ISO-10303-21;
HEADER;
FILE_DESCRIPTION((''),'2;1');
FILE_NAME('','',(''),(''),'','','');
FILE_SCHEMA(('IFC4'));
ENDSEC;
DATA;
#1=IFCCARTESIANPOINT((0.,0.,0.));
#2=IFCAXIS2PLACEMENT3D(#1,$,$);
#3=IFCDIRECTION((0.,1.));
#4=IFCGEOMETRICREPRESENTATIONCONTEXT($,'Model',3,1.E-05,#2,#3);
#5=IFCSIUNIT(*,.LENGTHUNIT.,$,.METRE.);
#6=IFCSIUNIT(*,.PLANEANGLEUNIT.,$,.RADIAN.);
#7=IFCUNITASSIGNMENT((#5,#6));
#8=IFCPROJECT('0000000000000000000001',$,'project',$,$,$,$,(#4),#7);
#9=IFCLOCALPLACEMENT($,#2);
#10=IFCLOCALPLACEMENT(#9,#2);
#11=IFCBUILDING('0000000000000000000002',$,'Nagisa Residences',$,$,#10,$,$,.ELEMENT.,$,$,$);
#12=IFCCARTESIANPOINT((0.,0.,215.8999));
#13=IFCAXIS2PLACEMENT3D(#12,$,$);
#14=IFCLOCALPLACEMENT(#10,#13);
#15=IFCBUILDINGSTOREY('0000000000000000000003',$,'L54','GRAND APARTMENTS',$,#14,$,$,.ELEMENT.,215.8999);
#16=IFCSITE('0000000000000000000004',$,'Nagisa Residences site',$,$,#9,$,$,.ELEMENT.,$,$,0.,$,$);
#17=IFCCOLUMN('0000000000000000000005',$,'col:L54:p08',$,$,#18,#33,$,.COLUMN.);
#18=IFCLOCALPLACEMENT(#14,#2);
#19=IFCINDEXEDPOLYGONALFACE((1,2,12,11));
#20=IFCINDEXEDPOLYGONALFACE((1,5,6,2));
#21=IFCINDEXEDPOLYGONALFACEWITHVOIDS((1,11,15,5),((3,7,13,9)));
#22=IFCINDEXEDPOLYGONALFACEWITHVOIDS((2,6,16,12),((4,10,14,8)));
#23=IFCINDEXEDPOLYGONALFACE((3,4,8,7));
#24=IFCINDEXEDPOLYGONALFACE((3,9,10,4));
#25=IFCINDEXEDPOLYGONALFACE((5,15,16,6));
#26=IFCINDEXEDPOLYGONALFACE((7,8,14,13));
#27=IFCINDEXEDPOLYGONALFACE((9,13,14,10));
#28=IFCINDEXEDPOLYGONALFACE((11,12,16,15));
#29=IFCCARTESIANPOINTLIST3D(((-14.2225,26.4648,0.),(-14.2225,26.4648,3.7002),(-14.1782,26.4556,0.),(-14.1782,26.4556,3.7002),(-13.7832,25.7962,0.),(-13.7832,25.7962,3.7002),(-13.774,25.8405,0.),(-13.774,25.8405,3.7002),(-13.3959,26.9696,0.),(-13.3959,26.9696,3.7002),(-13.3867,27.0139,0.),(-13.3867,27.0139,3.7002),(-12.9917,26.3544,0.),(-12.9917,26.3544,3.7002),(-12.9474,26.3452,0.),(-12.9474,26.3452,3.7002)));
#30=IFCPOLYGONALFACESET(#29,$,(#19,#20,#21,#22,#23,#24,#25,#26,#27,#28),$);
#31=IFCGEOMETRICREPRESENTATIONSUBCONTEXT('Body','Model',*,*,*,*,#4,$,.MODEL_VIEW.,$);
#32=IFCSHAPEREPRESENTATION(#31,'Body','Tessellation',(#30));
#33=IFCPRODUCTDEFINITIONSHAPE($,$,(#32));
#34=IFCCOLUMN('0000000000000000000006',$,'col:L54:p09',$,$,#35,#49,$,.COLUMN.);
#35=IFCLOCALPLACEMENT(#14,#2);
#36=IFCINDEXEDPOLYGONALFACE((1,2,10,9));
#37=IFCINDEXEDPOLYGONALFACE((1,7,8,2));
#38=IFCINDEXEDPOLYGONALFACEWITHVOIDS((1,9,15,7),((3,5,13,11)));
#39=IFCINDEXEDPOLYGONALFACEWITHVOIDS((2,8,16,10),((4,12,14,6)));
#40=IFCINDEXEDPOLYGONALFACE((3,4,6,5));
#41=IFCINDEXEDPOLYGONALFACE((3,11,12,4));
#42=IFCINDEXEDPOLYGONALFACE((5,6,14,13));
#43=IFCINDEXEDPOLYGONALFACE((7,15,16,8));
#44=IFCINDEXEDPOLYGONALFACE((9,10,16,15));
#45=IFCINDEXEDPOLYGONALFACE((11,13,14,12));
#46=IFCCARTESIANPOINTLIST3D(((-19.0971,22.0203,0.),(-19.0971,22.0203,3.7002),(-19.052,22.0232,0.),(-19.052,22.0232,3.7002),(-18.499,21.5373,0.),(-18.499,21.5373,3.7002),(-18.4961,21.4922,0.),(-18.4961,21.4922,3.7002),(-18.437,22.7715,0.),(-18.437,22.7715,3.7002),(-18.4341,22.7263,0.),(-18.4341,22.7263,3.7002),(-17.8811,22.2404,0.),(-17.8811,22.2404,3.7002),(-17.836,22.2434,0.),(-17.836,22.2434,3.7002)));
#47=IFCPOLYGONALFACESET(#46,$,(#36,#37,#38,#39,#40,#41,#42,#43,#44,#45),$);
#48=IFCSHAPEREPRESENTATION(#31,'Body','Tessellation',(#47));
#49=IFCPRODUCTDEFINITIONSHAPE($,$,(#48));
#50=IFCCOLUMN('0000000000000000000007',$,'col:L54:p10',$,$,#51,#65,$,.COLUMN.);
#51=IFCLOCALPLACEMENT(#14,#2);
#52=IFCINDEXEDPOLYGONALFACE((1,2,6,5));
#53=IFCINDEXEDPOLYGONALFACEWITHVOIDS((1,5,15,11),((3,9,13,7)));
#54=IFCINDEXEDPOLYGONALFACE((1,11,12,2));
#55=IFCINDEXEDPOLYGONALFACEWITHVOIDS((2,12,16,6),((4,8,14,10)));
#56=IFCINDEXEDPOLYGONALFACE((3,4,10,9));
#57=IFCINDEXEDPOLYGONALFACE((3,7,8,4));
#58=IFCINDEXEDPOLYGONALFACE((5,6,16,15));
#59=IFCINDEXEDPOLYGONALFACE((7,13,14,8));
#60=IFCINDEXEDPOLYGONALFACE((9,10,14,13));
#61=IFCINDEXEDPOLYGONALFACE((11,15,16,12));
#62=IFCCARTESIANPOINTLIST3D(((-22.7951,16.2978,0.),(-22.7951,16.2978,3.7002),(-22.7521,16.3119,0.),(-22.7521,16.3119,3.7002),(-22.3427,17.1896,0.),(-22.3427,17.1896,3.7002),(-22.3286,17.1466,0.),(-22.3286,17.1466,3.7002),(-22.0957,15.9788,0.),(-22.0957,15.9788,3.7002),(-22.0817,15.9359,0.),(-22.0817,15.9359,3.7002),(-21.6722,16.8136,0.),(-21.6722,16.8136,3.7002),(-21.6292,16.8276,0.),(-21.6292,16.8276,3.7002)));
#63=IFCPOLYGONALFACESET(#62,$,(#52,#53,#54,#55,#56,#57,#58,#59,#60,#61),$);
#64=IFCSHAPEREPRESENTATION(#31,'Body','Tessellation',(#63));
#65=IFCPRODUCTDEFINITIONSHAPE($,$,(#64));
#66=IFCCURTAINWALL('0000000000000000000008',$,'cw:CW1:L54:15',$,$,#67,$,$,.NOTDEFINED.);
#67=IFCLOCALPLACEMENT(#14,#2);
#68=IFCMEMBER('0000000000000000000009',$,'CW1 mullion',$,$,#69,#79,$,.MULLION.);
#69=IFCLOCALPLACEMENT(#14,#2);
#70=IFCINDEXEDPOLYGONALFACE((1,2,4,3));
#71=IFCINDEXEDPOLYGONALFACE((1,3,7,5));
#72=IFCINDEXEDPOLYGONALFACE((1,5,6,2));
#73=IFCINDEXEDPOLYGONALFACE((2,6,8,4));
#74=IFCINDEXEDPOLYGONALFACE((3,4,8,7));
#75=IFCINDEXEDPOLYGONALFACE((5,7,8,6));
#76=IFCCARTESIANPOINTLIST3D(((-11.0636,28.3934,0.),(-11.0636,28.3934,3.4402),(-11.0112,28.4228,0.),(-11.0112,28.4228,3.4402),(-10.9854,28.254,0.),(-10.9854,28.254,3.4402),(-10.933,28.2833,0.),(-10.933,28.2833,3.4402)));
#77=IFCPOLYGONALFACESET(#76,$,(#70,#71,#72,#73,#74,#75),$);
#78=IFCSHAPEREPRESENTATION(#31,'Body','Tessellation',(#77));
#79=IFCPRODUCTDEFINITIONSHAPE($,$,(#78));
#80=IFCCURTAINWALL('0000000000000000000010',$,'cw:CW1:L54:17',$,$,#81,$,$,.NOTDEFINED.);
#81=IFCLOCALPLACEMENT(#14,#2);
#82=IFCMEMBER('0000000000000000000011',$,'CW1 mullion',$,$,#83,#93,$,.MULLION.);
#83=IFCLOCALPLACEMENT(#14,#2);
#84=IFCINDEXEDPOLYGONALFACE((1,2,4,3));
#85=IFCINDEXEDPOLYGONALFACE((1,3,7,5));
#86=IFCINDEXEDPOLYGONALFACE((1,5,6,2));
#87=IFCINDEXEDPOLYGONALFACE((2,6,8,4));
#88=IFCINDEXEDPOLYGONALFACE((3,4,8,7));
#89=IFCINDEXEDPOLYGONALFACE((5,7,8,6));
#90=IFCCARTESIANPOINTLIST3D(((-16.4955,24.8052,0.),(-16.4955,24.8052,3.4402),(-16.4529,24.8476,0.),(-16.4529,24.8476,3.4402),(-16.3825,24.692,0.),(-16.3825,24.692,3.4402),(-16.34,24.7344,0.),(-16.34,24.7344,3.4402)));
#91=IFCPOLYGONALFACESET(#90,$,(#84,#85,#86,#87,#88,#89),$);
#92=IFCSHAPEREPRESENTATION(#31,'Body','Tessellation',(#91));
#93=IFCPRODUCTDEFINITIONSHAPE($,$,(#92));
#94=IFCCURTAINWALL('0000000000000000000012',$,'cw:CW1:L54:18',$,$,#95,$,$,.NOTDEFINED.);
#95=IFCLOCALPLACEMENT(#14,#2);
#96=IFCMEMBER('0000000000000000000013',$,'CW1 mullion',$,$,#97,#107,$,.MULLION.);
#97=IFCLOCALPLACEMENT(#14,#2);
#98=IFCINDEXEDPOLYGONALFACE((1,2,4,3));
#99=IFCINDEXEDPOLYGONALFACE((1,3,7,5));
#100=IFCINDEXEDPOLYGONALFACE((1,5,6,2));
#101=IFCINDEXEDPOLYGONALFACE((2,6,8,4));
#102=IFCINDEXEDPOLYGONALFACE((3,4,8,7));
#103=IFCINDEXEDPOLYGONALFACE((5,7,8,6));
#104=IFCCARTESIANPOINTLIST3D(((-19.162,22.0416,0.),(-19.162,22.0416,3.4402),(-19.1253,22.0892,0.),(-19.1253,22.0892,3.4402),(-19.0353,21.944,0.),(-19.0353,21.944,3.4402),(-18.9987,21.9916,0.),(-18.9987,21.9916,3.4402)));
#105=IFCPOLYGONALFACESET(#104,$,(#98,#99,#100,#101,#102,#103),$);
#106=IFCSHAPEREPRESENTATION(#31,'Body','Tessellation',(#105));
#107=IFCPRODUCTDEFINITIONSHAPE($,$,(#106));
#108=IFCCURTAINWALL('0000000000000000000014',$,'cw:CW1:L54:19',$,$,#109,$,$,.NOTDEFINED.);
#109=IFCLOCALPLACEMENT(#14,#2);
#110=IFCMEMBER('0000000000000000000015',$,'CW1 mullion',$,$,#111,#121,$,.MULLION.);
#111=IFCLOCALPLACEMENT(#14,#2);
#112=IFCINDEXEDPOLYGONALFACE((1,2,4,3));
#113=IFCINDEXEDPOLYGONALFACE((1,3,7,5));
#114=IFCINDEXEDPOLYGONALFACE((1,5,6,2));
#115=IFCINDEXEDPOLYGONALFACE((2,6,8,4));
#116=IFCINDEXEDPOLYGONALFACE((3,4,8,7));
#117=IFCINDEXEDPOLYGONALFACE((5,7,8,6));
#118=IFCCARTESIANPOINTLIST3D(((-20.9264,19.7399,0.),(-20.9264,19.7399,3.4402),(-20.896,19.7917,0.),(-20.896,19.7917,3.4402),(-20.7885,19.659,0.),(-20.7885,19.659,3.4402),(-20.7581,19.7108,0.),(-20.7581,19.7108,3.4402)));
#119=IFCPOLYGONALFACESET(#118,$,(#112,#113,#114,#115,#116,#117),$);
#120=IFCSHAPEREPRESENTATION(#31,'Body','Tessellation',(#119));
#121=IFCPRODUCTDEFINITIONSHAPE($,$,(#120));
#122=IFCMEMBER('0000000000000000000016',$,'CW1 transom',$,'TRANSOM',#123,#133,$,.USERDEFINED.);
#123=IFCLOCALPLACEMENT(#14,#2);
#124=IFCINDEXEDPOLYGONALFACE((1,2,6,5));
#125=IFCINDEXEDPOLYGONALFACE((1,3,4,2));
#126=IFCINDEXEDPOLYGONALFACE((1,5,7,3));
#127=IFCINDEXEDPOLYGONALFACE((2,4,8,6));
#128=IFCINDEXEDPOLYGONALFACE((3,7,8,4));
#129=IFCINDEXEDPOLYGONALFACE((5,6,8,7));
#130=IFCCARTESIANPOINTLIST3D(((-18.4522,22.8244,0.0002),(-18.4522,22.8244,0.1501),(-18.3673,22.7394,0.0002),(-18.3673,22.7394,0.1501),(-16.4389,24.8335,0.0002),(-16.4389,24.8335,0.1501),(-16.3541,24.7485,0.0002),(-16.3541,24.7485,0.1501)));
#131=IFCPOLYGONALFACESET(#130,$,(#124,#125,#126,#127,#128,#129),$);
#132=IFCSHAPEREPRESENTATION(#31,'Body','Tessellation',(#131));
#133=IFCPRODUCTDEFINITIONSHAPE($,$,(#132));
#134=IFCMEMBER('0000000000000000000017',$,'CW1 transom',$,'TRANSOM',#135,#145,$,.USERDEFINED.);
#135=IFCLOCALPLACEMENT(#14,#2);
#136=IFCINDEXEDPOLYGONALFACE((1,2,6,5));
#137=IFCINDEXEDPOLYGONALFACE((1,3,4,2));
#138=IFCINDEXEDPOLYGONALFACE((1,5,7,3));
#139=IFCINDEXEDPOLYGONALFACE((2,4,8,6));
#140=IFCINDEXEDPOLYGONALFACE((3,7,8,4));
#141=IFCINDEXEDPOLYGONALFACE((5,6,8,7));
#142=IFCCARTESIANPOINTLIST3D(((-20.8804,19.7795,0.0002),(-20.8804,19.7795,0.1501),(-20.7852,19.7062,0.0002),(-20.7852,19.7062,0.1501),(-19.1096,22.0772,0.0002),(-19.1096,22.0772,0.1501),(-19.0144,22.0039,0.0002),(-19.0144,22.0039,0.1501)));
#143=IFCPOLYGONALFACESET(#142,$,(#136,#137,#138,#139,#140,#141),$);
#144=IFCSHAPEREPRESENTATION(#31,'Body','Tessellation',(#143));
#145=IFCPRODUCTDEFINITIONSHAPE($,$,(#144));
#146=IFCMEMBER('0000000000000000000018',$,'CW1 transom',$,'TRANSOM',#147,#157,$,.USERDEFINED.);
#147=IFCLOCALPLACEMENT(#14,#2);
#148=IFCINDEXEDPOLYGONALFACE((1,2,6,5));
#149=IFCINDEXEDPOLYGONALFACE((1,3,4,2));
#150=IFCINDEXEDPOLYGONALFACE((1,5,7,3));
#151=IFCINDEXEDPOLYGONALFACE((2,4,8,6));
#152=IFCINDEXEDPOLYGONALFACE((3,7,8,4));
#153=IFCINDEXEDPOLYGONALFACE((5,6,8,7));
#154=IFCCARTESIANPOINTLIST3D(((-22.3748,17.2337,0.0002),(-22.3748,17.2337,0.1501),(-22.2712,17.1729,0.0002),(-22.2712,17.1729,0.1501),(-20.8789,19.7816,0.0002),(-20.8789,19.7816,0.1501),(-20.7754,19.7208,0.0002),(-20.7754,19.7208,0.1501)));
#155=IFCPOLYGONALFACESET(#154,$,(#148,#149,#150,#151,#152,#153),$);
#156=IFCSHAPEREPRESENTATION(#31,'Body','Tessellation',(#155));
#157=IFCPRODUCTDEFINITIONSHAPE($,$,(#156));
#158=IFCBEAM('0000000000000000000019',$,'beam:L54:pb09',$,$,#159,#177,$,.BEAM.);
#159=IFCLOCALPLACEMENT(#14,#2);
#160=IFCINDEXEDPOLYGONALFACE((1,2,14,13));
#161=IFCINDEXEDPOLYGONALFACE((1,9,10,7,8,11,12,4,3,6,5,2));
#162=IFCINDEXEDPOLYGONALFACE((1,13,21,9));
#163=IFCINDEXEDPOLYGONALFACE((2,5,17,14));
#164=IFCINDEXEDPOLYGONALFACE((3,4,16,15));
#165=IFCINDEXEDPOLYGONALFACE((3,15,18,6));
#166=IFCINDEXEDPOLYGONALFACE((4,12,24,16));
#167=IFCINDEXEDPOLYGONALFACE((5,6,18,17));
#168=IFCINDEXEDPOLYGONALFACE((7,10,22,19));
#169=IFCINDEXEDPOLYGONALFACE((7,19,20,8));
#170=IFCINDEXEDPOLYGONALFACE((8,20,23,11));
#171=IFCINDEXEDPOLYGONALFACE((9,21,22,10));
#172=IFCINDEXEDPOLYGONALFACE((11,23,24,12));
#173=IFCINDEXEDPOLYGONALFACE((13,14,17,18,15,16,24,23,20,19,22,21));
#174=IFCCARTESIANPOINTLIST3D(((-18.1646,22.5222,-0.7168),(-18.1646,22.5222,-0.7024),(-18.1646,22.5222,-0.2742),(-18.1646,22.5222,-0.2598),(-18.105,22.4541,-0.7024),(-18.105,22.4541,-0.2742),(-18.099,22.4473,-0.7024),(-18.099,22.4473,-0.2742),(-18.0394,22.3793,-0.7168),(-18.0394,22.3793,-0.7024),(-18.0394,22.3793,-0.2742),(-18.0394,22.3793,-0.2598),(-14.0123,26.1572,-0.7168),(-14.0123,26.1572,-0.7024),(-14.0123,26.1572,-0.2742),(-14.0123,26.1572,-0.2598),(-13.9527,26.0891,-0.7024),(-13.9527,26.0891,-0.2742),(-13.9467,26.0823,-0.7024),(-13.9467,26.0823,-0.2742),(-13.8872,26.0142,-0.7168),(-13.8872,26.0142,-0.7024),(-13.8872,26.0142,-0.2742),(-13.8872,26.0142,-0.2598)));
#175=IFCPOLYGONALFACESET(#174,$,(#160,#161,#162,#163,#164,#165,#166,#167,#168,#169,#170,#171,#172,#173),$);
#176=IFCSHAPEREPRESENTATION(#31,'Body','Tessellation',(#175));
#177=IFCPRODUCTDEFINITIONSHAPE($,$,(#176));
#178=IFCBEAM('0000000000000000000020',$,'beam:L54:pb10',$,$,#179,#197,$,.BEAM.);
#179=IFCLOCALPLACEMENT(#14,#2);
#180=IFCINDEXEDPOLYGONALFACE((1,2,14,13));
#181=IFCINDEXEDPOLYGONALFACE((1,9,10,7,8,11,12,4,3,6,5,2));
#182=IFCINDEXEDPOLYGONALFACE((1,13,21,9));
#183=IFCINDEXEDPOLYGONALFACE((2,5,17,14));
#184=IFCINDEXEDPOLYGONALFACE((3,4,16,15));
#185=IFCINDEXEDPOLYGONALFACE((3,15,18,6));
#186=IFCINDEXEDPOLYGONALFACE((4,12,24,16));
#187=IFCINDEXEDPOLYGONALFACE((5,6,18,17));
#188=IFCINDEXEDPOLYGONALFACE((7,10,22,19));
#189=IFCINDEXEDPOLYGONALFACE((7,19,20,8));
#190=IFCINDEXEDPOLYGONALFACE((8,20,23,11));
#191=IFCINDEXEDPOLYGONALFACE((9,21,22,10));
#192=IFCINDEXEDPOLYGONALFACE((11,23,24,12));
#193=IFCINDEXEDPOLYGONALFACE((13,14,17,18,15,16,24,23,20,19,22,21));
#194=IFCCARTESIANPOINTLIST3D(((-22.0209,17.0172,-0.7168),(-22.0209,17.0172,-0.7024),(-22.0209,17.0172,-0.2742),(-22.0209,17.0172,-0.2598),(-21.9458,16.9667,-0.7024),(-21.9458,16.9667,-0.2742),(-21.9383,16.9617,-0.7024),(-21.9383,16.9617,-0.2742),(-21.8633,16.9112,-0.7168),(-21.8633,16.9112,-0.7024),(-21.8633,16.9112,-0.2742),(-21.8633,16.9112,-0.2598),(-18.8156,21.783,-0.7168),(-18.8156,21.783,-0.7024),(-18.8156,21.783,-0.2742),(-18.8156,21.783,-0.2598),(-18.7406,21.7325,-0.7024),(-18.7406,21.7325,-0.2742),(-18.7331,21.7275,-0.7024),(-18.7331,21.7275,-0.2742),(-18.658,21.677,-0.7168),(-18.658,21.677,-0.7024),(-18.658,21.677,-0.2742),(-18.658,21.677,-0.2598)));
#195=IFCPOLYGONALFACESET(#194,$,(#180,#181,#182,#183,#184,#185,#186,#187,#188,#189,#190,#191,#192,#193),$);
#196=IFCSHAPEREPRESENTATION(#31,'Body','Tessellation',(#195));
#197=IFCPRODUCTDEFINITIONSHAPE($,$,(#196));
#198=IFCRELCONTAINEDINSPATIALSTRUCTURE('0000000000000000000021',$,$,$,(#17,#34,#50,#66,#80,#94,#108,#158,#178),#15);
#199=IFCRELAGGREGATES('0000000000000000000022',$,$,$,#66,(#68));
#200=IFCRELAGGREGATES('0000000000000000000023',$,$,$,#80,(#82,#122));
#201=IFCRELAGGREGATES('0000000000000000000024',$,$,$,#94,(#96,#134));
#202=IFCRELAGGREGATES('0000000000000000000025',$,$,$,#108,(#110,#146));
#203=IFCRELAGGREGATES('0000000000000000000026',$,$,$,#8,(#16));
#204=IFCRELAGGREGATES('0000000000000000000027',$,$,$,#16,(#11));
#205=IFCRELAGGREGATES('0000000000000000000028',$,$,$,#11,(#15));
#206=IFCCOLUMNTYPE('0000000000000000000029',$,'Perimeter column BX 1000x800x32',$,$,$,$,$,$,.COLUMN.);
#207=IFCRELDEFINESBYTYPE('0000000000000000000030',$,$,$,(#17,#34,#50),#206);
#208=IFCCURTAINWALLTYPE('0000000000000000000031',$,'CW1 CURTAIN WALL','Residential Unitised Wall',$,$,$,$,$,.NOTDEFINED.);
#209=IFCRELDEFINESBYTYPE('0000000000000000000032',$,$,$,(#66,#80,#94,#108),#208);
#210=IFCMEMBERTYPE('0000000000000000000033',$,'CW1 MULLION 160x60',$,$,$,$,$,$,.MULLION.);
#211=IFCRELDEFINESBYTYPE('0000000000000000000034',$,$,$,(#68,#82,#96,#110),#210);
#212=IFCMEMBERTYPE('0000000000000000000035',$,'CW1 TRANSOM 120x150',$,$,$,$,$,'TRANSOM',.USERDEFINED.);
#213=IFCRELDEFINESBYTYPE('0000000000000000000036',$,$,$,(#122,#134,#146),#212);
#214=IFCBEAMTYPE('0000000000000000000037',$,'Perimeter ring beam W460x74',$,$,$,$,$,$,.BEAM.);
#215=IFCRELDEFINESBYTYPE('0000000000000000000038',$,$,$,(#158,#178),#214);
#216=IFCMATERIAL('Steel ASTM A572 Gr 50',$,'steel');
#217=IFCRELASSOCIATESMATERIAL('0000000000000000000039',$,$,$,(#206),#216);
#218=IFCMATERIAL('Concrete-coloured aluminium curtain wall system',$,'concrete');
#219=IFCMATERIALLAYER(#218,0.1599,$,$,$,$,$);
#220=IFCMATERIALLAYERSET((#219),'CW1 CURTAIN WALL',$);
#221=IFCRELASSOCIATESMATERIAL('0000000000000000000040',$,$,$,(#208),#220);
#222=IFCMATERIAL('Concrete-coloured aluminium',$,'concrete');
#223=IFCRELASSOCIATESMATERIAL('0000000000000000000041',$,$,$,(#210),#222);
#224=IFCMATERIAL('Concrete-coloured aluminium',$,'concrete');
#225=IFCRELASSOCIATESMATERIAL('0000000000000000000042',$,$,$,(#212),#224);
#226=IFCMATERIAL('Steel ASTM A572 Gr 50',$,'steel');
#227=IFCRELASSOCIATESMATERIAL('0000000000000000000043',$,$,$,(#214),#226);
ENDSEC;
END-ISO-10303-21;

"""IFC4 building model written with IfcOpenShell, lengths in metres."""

from ifc_helpers import new_model, si_unit, direction, frame, origin, origin_2d, place, context, subcontext, project, spatial, rectangle, hollow_rectangle, i_section, extrude, material, layer, layer_set, material_profile, profile_set, type_object, element, aggregate, save


model = new_model("IFC4")

# Units and contexts
model_context = context("Model", 3, precision=1e-05, world=origin(), true_north=direction((0.0, 1.0)))
body_context = subcontext(model_context, "Body", "Model", "MODEL_VIEW")
ifc_project = project(units=[si_unit("LENGTHUNIT", "METRE"), si_unit("PLANEANGLEUNIT", "RADIAN")], contexts=[model_context])

# Site, building, storey
site_placement = place(None, origin())
site = spatial("IfcSite", under=ifc_project, at=site_placement, Name="Nagisa Residences site", CompositionType="ELEMENT", RefElevation=0.0)
building_placement = place(site_placement, origin())
building = spatial("IfcBuilding", under=site, at=building_placement, Name="Nagisa Residences", CompositionType="ELEMENT")
storey_placement = place(building_placement, frame((0.0, 0.0, 215.8999)))
storey = spatial("IfcBuildingStorey", under=building, at=storey_placement, Name="L54", Description="GRAND APARTMENTS", CompositionType="ELEMENT", Elevation=215.8999)

# Columns
ifc_material_1 = material(Name="Steel ASTM A572 Gr 50", Category="steel")
ifc_material_profile_1 = material_profile(ifc_material_1, hollow_rectangle(XDim=1.0, YDim=0.8, WallThickness=0.032, at=origin_2d()), Name="BX 1000x800x32")
ifc_profile_set_1 = profile_set([ifc_material_profile_1], Name="Steel ASTM A572 Gr 50")
column_type = type_object("IfcColumnType", Name="Perimeter column BX 1000x800x32", PredefinedType="COLUMN", material=ifc_profile_set_1)
for number, where, z_axis, x_axis, name in (
    (1, (-13.585, 26.405, 0.0), (0.0, 0.0, 1.0), (-0.835766, -0.549086, 0.0), "col:L54:p08"),
    (2, (-18.4666, 22.1318, 0.0), (0.0, 0.0, 1.0), (-0.660115, -0.751165, 0.0), "col:L54:p09"),
    (3, (-22.2122, 16.5627, 0.0), (0.0, 0.0, 1.0), (-0.452463, -0.891783, 0.0), "col:L54:p10"),
):
    element("IfcColumn", number, at=place(storey_placement, frame(where, z_axis=z_axis, x_axis=x_axis)), inside=storey, type_object=column_type, Name=name, PredefinedType="COLUMN", context=body_context, shape_type="SweptSolid", body=[
        extrude(hollow_rectangle(XDim=1.0, YDim=0.8, WallThickness=0.032, at=origin_2d()), origin(), (0.0, 0.0, 1.0), 3.7002),
    ])

# Curtain walls, members
ifc_material_2 = material(Name="Concrete-coloured aluminium curtain wall system", Category="concrete")
ifc_layer_1 = layer(ifc_material_2, 0.1599)
ifc_layer_set_1 = layer_set([ifc_layer_1], Name="CW1 CURTAIN WALL")
curtain_wall_type = type_object("IfcCurtainWallType", Name="CW1 CURTAIN WALL", Description="Residential Unitised Wall", PredefinedType="NOTDEFINED", material=ifc_layer_set_1)
curtain_wall_1_placement = place(storey_placement, origin())
curtain_wall_1 = element("IfcCurtainWall", 4, at=curtain_wall_1_placement, inside=storey, type_object=curtain_wall_type, Name="cw:CW1:L54:15", PredefinedType="NOTDEFINED")
ifc_material_3 = material(Name="Concrete-coloured aluminium", Category="concrete")
ifc_material_profile_2 = material_profile(ifc_material_3, rectangle(XDim=0.1599, YDim=0.0601, at=origin_2d()), Name="CW1 MULLION 160x60")
ifc_profile_set_2 = profile_set([ifc_material_profile_2], Name="Concrete-coloured aluminium")
member_type_1 = type_object("IfcMemberType", Name="CW1 MULLION 160x60", PredefinedType="MULLION", material=ifc_profile_set_2)
member_1_placement = place(storey_placement, frame((-10.9983, 28.3384, 0.0), z_axis=(0.0, 0.0, 1.0), x_axis=(0.489377, -0.872072, 0.0)))
member_1 = element("IfcMember", 5, at=member_1_placement, type_object=member_type_1, Name="CW1 mullion", PredefinedType="MULLION", context=body_context, shape_type="SweptSolid", body=[
    extrude(rectangle(XDim=0.1599, YDim=0.0601, at=origin_2d()), origin(), (0.0, 0.0, 1.0), 3.4402),
])
curtain_wall_2_placement = place(storey_placement, origin())
curtain_wall_2 = element("IfcCurtainWall", 6, at=curtain_wall_2_placement, inside=storey, type_object=curtain_wall_type, Name="cw:CW1:L54:17", PredefinedType="NOTDEFINED")
member_2_placement = place(storey_placement, frame((-16.4177, 24.7698, 0.0), z_axis=(0.0, 0.0, 1.0), x_axis=(0.706377, -0.707836, 0.0)))
member_2 = element("IfcMember", 7, at=member_2_placement, type_object=member_type_1, Name="CW1 mullion", PredefinedType="MULLION", context=body_context, shape_type="SweptSolid", body=[
    extrude(rectangle(XDim=0.1599, YDim=0.0601, at=origin_2d()), origin(), (0.0, 0.0, 1.0), 3.4402),
])
curtain_wall_3_placement = place(storey_placement, origin())
curtain_wall_3 = element("IfcCurtainWall", 8, at=curtain_wall_3_placement, inside=storey, type_object=curtain_wall_type, Name="cw:CW1:L54:18", PredefinedType="NOTDEFINED")
member_3_placement = place(storey_placement, frame((-19.0803, 22.0166, 0.0), z_axis=(0.0, 0.0, 1.0), x_axis=(0.79207, -0.61043, 0.0)))
member_3 = element("IfcMember", 9, at=member_3_placement, type_object=member_type_1, Name="CW1 mullion", PredefinedType="MULLION", context=body_context, shape_type="SweptSolid", body=[
    extrude(rectangle(XDim=0.1599, YDim=0.0601, at=origin_2d()), origin(), (0.0, 0.0, 1.0), 3.4402),
])
curtain_wall_4_placement = place(storey_placement, origin())
curtain_wall_4 = element("IfcCurtainWall", 10, at=curtain_wall_4_placement, inside=storey, type_object=curtain_wall_type, Name="cw:CW1:L54:19", PredefinedType="NOTDEFINED")
member_4_placement = place(storey_placement, frame((-20.8423, 19.7253, 0.0), z_axis=(0.0, 0.0, 1.0), x_axis=(0.862329, -0.506349, 0.0)))
member_4 = element("IfcMember", 11, at=member_4_placement, type_object=member_type_1, Name="CW1 mullion", PredefinedType="MULLION", context=body_context, shape_type="SweptSolid", body=[
    extrude(rectangle(XDim=0.1599, YDim=0.0601, at=origin_2d()), origin(), (0.0, 0.0, 1.0), 3.4402),
])

# Members
ifc_material_4 = material(Name="Concrete-coloured aluminium", Category="concrete")
ifc_material_profile_3 = material_profile(ifc_material_4, rectangle(XDim=0.1201, YDim=0.1499, at=origin_2d()), Name="CW1 TRANSOM 120x150")
ifc_profile_set_3 = profile_set([ifc_material_profile_3], Name="Concrete-coloured aluminium")
member_type_2 = type_object("IfcMemberType", Name="CW1 TRANSOM 120x150", ElementType="TRANSOM", PredefinedType="USERDEFINED", material=ifc_profile_set_3)
member_5_placement = place(storey_placement, frame((-16.3965, 24.791, 0.0752), z_axis=(-0.707836, -0.706377, 0.0), x_axis=(0.706377, -0.707836, 0.0)))
member_5 = element("IfcMember", 12, at=member_5_placement, type_object=member_type_2, Name="CW1 transom", ObjectType="TRANSOM", PredefinedType="USERDEFINED", context=body_context, shape_type="SweptSolid", body=[
    extrude(rectangle(XDim=0.1201, YDim=0.1499, at=origin_2d()), origin(), (0.0, 0.0, 1.0), 2.8442),
])
member_6_placement = place(storey_placement, frame((-19.062, 22.0405, 0.0752), z_axis=(-0.610439, -0.792064, 0.0), x_axis=(0.792064, -0.610439, 0.0)))
member_6 = element("IfcMember", 13, at=member_6_placement, type_object=member_type_2, Name="CW1 transom", ObjectType="TRANSOM", PredefinedType="USERDEFINED", context=body_context, shape_type="SweptSolid", body=[
    extrude(rectangle(XDim=0.1201, YDim=0.1499, at=origin_2d()), origin(), (0.0, 0.0, 1.0), 2.9009),
])
member_7_placement = place(storey_placement, frame((-20.8271, 19.7512, 0.0752), z_axis=(-0.506294, -0.862361, 0.0), x_axis=(0.862361, -0.506294, 0.0)))
member_7 = element("IfcMember", 14, at=member_7_placement, type_object=member_type_2, Name="CW1 transom", ObjectType="TRANSOM", PredefinedType="USERDEFINED", context=body_context, shape_type="SweptSolid", body=[
    extrude(rectangle(XDim=0.1201, YDim=0.1499, at=origin_2d()), origin(), (0.0, 0.0, 1.0), 2.9546),
])

# Beams
ifc_material_5 = material(Name="Steel ASTM A572 Gr 50", Category="steel")
ifc_material_profile_4 = material_profile(ifc_material_5, i_section(OverallWidth=0.1899, OverallDepth=0.457, WebThickness=0.009, FlangeThickness=0.0144, at=origin_2d()), Name="W460x74")
ifc_profile_set_4 = profile_set([ifc_material_profile_4], Name="Steel ASTM A572 Gr 50")
beam_type_1 = type_object("IfcBeamType", Name="Perimeter ring beam W460x74", PredefinedType="BEAM", material=ifc_profile_set_4)
beam_1_placement = place(storey_placement, frame((-13.9497, 26.0857, -0.4883), z_axis=(-0.752423, -0.65868, 0.0), x_axis=(0.65868, -0.752423, 0.0)))
element("IfcBeam", 15, at=beam_1_placement, inside=storey, type_object=beam_type_1, Name="beam:L54:pb09", PredefinedType="BEAM", context=body_context, shape_type="SweptSolid", body=[
    extrude(i_section(OverallWidth=0.1899, OverallDepth=0.457, WebThickness=0.009, FlangeThickness=0.0144, at=origin_2d()), origin(), (0.0, 0.0, 1.0), 5.5186),
])
beam_2_placement = place(storey_placement, frame((-18.7368, 21.73, -0.4883), z_axis=(-0.55808, -0.829787, 0.0), x_axis=(0.829787, -0.55808, 0.0)))
element("IfcBeam", 16, at=beam_2_placement, inside=storey, type_object=beam_type_1, Name="beam:L54:pb10", PredefinedType="BEAM", context=body_context, shape_type="SweptSolid", body=[
    extrude(i_section(OverallWidth=0.1899, OverallDepth=0.457, WebThickness=0.009, FlangeThickness=0.0144, at=origin_2d()), origin(), (0.0, 0.0, 1.0), 5.7434),
])

aggregate(curtain_wall_1, [member_1])
aggregate(curtain_wall_2, [member_2, member_5])
aggregate(curtain_wall_3, [member_3, member_6])
aggregate(curtain_wall_4, [member_4, member_7])

save(model, "model.ifc")
